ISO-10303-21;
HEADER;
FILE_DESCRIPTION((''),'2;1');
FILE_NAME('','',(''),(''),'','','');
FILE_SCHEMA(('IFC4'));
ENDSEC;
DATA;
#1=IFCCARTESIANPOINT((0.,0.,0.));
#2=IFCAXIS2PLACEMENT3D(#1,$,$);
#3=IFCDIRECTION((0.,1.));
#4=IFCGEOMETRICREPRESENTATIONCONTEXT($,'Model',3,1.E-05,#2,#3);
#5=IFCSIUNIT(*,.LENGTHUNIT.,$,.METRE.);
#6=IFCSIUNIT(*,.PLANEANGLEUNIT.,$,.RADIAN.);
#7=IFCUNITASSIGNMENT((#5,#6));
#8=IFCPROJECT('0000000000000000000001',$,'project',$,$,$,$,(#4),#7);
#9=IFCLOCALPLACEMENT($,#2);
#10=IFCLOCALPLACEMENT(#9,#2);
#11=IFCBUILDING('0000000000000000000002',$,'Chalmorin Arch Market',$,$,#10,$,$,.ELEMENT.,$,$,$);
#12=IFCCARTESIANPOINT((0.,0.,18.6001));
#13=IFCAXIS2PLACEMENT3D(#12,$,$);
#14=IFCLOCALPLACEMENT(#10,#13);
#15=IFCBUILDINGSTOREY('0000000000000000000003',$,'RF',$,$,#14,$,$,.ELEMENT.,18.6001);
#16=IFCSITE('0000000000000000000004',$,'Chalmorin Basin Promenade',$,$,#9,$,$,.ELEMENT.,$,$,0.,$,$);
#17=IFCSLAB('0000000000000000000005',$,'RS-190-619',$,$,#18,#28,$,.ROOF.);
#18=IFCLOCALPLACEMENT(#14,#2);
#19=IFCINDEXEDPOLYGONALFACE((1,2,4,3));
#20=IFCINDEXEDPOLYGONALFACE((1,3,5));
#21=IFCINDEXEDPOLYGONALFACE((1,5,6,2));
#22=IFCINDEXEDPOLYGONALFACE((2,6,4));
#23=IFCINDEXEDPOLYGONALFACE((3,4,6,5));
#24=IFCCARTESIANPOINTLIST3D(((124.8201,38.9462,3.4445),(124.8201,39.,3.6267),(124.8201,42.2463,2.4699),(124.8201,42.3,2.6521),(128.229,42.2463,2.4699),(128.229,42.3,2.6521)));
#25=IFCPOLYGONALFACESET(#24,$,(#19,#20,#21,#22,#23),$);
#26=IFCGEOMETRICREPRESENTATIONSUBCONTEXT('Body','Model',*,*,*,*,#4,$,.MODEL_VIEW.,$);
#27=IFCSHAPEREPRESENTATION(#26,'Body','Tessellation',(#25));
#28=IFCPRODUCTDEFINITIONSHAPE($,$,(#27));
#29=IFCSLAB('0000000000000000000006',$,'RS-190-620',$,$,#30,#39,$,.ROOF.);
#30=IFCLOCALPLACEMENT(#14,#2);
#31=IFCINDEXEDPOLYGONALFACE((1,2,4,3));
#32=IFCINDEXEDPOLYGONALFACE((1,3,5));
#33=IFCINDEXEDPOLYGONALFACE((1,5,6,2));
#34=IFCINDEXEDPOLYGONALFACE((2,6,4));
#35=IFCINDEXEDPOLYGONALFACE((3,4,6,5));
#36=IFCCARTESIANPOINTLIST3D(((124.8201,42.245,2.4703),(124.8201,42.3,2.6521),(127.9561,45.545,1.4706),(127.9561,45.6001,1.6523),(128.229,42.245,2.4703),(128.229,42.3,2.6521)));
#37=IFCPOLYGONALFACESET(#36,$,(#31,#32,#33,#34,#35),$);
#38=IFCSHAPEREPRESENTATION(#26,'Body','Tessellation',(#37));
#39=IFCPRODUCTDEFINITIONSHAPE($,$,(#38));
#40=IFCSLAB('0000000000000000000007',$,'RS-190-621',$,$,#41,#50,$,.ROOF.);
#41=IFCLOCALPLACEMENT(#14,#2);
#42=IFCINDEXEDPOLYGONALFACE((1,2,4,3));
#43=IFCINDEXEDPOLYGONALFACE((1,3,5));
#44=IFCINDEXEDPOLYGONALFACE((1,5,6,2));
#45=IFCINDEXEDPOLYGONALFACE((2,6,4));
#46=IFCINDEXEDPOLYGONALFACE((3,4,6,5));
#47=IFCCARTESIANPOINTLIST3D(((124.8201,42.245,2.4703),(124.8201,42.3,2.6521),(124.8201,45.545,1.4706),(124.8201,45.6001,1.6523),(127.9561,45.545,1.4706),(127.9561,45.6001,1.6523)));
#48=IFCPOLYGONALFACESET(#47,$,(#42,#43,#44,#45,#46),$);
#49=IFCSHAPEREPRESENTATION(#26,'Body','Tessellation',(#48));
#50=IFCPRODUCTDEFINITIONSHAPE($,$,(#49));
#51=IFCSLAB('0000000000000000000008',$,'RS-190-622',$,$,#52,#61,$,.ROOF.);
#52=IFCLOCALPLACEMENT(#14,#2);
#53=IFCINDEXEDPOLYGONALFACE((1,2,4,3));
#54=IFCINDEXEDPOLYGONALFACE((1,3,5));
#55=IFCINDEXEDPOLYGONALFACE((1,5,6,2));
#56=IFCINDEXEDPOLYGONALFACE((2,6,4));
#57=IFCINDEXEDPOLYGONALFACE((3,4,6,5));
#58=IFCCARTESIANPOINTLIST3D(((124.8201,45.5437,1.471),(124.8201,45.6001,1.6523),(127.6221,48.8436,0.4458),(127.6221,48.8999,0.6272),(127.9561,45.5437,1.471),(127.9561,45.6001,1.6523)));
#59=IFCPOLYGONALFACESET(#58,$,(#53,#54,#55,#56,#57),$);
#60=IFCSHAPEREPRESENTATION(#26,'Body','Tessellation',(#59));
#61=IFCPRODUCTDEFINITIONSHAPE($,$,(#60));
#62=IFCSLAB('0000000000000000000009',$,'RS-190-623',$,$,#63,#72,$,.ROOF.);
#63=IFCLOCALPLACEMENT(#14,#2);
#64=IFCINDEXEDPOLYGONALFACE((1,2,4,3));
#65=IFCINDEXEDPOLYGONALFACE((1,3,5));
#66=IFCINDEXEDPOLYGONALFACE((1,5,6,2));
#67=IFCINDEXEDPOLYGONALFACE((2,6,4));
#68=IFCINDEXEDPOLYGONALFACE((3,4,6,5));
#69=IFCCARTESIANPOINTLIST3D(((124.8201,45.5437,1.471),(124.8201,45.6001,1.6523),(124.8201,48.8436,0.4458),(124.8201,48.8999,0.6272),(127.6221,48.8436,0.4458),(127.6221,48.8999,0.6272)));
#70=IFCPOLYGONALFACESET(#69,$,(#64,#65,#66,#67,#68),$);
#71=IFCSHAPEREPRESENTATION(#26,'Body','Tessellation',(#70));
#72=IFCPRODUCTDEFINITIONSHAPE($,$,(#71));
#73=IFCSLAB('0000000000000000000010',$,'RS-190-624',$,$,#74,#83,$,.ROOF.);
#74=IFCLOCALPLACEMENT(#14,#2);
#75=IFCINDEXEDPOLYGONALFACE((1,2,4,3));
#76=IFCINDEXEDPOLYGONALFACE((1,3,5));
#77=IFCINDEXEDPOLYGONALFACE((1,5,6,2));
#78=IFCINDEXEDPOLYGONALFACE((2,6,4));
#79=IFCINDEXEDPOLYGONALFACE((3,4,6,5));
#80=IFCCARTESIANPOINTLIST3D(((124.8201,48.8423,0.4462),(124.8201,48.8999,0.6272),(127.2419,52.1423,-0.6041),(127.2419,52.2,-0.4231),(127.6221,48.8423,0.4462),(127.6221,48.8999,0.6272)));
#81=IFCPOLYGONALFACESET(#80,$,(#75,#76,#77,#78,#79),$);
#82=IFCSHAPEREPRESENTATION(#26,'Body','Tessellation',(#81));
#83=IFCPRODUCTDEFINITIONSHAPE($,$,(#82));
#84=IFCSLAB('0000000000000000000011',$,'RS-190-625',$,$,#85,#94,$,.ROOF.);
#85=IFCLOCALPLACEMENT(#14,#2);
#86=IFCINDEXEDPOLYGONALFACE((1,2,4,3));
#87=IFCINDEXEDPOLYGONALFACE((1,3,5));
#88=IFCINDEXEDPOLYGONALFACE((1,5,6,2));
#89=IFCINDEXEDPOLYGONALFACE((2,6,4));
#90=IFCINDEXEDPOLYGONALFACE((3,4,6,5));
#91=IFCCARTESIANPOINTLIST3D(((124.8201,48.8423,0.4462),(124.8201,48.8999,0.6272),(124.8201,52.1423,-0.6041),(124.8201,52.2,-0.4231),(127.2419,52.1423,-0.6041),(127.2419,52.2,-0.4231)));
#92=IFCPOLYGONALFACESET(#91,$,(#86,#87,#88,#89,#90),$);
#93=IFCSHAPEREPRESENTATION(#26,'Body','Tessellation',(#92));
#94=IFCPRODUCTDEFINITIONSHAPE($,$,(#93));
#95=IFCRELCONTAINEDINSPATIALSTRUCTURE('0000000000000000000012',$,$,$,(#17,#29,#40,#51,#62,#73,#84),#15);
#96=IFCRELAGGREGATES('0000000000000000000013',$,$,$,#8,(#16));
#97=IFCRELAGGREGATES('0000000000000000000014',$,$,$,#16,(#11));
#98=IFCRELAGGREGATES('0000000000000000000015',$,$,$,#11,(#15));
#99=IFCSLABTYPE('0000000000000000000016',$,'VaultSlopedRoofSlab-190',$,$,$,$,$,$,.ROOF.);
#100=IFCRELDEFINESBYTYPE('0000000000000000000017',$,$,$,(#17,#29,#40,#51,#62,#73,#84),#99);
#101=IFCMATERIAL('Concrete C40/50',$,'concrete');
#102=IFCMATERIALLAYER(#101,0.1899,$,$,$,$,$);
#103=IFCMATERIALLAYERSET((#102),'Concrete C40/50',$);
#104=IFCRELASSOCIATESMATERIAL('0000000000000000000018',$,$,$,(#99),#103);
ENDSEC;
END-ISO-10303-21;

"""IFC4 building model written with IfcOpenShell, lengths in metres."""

from ifc_helpers import new_model, si_unit, direction, frame, origin, place, context, subcontext, project, spatial, polyline, outline, extrude, material, layer, layer_set, type_object, element, save


model = new_model("IFC4")

# Units and contexts
model_context = context("Model", 3, precision=1e-05, world=origin(), true_north=direction((0.0, 1.0)))
body_context = subcontext(model_context, "Body", "Model", "MODEL_VIEW")
ifc_project = project(units=[si_unit("LENGTHUNIT", "METRE"), si_unit("PLANEANGLEUNIT", "RADIAN")], contexts=[model_context])

# Site, building, storey
site_placement = place(None, origin())
site = spatial("IfcSite", under=ifc_project, at=site_placement, Name="Chalmorin Basin Promenade", CompositionType="ELEMENT", RefElevation=0.0)
building_placement = place(site_placement, origin())
building = spatial("IfcBuilding", under=site, at=building_placement, Name="Chalmorin Arch Market", CompositionType="ELEMENT")
storey_placement = place(building_placement, frame((0.0, 0.0, 18.6001)))
storey = spatial("IfcBuildingStorey", under=building, at=storey_placement, Name="RF", CompositionType="ELEMENT", Elevation=18.6001)

# Slabs
ifc_material_1 = material(Name="Concrete C40/50", Category="concrete")
ifc_layer_1 = layer(ifc_material_1, 0.1899)
ifc_layer_set_1 = layer_set([ifc_layer_1], Name="Concrete C40/50")
slab_type = type_object("IfcSlabType", Name="VaultSlopedRoofSlab-190", PredefinedType="ROOF", material=ifc_layer_set_1)
slab_1_placement = place(storey_placement, frame((124.8201, 39.0, 3.6267), z_axis=(0.0, 0.283238, 0.95905), x_axis=(0.703794, 0.681313, -0.201213)))
element("IfcSlab", 1, at=slab_1_placement, inside=storey, type_object=slab_type, Name="RS-190-619", PredefinedType="ROOF", context=body_context, shape_type="SweptSolid", body=[
    extrude(outline(polyline([(0.0, 0.0), (4.8437, 0.0), (2.4445, 2.4217), (0.0, 0.0)])), origin(), (0.0, 0.0, -1.0), 0.1899),
])
slab_2_placement = place(storey_placement, frame((124.8201, 42.3, 2.6521), z_axis=(0.0, 0.289939, 0.957045), x_axis=(1.0, 0.0, 0.0)))
element("IfcSlab", 2, at=slab_2_placement, inside=storey, type_object=slab_type, Name="RS-190-620", PredefinedType="ROOF", context=body_context, shape_type="SweptSolid", body=[
    extrude(outline(polyline([(0.0, 0.0), (3.4089, 0.0), (3.136, 3.4482), (0.0, 0.0)])), origin(), (0.0, 0.0, -1.0), 0.1899),
])
slab_3_placement = place(storey_placement, frame((124.8201, 42.3, 2.6521), z_axis=(0.0, 0.289939, 0.957045), x_axis=(0.672825, 0.708024, -0.214497)))
element("IfcSlab", 3, at=slab_3_placement, inside=storey, type_object=slab_type, Name="RS-190-621", PredefinedType="ROOF", context=body_context, shape_type="SweptSolid", body=[
    extrude(outline(polyline([(0.0, 0.0), (4.6609, 0.0), (2.551, 2.32), (0.0, 0.0)])), origin(), (0.0, 0.0, -1.0), 0.1899),
])
slab_4_placement = place(storey_placement, frame((124.8201, 45.6001, 1.6523), z_axis=(0.0, 0.296681, 0.954977), x_axis=(1.0, 0.0, 0.0)))
element("IfcSlab", 4, at=slab_4_placement, inside=storey, type_object=slab_type, Name="RS-190-622", PredefinedType="ROOF", context=body_context, shape_type="SweptSolid", body=[
    extrude(outline(polyline([(0.0, 0.0), (3.136, 0.0), (2.802, 3.4554), (0.0, 0.0)])), origin(), (0.0, 0.0, -1.0), 0.1899),
])
slab_5_placement = place(storey_placement, frame((124.8201, 45.6001, 1.6523), z_axis=(0.0, 0.296681, 0.954977), x_axis=(0.629849, 0.741747, -0.230438)))
element("IfcSlab", 5, at=slab_5_placement, inside=storey, type_object=slab_type, Name="RS-190-623", PredefinedType="ROOF", context=body_context, shape_type="SweptSolid", body=[
    extrude(outline(polyline([(0.0, 0.0), (4.4487, 0.0), (2.6839, 2.1764), (0.0, 0.0)])), origin(), (0.0, 0.0, -1.0), 0.1899),
])
slab_6_placement = place(storey_placement, frame((124.8201, 48.8999, 0.6272), z_axis=(0.0, 0.303276, 0.952903), x_axis=(1.0, 0.0, 0.0)))
element("IfcSlab", 6, at=slab_6_placement, inside=storey, type_object=slab_type, Name="RS-190-624", PredefinedType="ROOF", context=body_context, shape_type="SweptSolid", body=[
    extrude(outline(polyline([(0.0, 0.0), (2.802, 0.0), (2.4219, 3.4632), (0.0, 0.0)])), origin(), (0.0, 0.0, -1.0), 0.1899),
])
slab_7_placement = place(storey_placement, frame((124.8201, 48.8999, 0.6272), z_axis=(0.0, 0.303276, 0.952903), x_axis=(0.573092, 0.780895, -0.248532)))
element("IfcSlab", 7, at=slab_7_placement, inside=storey, type_object=slab_type, Name="RS-190-625", PredefinedType="ROOF", context=body_context, shape_type="SweptSolid", body=[
    extrude(outline(polyline([(0.0, 0.0), (4.226, 0.0), (2.838, 1.9847), (0.0, 0.0)])), origin(), (0.0, 0.0, -1.0), 0.1899),
])

save(model, "model.ifc")
